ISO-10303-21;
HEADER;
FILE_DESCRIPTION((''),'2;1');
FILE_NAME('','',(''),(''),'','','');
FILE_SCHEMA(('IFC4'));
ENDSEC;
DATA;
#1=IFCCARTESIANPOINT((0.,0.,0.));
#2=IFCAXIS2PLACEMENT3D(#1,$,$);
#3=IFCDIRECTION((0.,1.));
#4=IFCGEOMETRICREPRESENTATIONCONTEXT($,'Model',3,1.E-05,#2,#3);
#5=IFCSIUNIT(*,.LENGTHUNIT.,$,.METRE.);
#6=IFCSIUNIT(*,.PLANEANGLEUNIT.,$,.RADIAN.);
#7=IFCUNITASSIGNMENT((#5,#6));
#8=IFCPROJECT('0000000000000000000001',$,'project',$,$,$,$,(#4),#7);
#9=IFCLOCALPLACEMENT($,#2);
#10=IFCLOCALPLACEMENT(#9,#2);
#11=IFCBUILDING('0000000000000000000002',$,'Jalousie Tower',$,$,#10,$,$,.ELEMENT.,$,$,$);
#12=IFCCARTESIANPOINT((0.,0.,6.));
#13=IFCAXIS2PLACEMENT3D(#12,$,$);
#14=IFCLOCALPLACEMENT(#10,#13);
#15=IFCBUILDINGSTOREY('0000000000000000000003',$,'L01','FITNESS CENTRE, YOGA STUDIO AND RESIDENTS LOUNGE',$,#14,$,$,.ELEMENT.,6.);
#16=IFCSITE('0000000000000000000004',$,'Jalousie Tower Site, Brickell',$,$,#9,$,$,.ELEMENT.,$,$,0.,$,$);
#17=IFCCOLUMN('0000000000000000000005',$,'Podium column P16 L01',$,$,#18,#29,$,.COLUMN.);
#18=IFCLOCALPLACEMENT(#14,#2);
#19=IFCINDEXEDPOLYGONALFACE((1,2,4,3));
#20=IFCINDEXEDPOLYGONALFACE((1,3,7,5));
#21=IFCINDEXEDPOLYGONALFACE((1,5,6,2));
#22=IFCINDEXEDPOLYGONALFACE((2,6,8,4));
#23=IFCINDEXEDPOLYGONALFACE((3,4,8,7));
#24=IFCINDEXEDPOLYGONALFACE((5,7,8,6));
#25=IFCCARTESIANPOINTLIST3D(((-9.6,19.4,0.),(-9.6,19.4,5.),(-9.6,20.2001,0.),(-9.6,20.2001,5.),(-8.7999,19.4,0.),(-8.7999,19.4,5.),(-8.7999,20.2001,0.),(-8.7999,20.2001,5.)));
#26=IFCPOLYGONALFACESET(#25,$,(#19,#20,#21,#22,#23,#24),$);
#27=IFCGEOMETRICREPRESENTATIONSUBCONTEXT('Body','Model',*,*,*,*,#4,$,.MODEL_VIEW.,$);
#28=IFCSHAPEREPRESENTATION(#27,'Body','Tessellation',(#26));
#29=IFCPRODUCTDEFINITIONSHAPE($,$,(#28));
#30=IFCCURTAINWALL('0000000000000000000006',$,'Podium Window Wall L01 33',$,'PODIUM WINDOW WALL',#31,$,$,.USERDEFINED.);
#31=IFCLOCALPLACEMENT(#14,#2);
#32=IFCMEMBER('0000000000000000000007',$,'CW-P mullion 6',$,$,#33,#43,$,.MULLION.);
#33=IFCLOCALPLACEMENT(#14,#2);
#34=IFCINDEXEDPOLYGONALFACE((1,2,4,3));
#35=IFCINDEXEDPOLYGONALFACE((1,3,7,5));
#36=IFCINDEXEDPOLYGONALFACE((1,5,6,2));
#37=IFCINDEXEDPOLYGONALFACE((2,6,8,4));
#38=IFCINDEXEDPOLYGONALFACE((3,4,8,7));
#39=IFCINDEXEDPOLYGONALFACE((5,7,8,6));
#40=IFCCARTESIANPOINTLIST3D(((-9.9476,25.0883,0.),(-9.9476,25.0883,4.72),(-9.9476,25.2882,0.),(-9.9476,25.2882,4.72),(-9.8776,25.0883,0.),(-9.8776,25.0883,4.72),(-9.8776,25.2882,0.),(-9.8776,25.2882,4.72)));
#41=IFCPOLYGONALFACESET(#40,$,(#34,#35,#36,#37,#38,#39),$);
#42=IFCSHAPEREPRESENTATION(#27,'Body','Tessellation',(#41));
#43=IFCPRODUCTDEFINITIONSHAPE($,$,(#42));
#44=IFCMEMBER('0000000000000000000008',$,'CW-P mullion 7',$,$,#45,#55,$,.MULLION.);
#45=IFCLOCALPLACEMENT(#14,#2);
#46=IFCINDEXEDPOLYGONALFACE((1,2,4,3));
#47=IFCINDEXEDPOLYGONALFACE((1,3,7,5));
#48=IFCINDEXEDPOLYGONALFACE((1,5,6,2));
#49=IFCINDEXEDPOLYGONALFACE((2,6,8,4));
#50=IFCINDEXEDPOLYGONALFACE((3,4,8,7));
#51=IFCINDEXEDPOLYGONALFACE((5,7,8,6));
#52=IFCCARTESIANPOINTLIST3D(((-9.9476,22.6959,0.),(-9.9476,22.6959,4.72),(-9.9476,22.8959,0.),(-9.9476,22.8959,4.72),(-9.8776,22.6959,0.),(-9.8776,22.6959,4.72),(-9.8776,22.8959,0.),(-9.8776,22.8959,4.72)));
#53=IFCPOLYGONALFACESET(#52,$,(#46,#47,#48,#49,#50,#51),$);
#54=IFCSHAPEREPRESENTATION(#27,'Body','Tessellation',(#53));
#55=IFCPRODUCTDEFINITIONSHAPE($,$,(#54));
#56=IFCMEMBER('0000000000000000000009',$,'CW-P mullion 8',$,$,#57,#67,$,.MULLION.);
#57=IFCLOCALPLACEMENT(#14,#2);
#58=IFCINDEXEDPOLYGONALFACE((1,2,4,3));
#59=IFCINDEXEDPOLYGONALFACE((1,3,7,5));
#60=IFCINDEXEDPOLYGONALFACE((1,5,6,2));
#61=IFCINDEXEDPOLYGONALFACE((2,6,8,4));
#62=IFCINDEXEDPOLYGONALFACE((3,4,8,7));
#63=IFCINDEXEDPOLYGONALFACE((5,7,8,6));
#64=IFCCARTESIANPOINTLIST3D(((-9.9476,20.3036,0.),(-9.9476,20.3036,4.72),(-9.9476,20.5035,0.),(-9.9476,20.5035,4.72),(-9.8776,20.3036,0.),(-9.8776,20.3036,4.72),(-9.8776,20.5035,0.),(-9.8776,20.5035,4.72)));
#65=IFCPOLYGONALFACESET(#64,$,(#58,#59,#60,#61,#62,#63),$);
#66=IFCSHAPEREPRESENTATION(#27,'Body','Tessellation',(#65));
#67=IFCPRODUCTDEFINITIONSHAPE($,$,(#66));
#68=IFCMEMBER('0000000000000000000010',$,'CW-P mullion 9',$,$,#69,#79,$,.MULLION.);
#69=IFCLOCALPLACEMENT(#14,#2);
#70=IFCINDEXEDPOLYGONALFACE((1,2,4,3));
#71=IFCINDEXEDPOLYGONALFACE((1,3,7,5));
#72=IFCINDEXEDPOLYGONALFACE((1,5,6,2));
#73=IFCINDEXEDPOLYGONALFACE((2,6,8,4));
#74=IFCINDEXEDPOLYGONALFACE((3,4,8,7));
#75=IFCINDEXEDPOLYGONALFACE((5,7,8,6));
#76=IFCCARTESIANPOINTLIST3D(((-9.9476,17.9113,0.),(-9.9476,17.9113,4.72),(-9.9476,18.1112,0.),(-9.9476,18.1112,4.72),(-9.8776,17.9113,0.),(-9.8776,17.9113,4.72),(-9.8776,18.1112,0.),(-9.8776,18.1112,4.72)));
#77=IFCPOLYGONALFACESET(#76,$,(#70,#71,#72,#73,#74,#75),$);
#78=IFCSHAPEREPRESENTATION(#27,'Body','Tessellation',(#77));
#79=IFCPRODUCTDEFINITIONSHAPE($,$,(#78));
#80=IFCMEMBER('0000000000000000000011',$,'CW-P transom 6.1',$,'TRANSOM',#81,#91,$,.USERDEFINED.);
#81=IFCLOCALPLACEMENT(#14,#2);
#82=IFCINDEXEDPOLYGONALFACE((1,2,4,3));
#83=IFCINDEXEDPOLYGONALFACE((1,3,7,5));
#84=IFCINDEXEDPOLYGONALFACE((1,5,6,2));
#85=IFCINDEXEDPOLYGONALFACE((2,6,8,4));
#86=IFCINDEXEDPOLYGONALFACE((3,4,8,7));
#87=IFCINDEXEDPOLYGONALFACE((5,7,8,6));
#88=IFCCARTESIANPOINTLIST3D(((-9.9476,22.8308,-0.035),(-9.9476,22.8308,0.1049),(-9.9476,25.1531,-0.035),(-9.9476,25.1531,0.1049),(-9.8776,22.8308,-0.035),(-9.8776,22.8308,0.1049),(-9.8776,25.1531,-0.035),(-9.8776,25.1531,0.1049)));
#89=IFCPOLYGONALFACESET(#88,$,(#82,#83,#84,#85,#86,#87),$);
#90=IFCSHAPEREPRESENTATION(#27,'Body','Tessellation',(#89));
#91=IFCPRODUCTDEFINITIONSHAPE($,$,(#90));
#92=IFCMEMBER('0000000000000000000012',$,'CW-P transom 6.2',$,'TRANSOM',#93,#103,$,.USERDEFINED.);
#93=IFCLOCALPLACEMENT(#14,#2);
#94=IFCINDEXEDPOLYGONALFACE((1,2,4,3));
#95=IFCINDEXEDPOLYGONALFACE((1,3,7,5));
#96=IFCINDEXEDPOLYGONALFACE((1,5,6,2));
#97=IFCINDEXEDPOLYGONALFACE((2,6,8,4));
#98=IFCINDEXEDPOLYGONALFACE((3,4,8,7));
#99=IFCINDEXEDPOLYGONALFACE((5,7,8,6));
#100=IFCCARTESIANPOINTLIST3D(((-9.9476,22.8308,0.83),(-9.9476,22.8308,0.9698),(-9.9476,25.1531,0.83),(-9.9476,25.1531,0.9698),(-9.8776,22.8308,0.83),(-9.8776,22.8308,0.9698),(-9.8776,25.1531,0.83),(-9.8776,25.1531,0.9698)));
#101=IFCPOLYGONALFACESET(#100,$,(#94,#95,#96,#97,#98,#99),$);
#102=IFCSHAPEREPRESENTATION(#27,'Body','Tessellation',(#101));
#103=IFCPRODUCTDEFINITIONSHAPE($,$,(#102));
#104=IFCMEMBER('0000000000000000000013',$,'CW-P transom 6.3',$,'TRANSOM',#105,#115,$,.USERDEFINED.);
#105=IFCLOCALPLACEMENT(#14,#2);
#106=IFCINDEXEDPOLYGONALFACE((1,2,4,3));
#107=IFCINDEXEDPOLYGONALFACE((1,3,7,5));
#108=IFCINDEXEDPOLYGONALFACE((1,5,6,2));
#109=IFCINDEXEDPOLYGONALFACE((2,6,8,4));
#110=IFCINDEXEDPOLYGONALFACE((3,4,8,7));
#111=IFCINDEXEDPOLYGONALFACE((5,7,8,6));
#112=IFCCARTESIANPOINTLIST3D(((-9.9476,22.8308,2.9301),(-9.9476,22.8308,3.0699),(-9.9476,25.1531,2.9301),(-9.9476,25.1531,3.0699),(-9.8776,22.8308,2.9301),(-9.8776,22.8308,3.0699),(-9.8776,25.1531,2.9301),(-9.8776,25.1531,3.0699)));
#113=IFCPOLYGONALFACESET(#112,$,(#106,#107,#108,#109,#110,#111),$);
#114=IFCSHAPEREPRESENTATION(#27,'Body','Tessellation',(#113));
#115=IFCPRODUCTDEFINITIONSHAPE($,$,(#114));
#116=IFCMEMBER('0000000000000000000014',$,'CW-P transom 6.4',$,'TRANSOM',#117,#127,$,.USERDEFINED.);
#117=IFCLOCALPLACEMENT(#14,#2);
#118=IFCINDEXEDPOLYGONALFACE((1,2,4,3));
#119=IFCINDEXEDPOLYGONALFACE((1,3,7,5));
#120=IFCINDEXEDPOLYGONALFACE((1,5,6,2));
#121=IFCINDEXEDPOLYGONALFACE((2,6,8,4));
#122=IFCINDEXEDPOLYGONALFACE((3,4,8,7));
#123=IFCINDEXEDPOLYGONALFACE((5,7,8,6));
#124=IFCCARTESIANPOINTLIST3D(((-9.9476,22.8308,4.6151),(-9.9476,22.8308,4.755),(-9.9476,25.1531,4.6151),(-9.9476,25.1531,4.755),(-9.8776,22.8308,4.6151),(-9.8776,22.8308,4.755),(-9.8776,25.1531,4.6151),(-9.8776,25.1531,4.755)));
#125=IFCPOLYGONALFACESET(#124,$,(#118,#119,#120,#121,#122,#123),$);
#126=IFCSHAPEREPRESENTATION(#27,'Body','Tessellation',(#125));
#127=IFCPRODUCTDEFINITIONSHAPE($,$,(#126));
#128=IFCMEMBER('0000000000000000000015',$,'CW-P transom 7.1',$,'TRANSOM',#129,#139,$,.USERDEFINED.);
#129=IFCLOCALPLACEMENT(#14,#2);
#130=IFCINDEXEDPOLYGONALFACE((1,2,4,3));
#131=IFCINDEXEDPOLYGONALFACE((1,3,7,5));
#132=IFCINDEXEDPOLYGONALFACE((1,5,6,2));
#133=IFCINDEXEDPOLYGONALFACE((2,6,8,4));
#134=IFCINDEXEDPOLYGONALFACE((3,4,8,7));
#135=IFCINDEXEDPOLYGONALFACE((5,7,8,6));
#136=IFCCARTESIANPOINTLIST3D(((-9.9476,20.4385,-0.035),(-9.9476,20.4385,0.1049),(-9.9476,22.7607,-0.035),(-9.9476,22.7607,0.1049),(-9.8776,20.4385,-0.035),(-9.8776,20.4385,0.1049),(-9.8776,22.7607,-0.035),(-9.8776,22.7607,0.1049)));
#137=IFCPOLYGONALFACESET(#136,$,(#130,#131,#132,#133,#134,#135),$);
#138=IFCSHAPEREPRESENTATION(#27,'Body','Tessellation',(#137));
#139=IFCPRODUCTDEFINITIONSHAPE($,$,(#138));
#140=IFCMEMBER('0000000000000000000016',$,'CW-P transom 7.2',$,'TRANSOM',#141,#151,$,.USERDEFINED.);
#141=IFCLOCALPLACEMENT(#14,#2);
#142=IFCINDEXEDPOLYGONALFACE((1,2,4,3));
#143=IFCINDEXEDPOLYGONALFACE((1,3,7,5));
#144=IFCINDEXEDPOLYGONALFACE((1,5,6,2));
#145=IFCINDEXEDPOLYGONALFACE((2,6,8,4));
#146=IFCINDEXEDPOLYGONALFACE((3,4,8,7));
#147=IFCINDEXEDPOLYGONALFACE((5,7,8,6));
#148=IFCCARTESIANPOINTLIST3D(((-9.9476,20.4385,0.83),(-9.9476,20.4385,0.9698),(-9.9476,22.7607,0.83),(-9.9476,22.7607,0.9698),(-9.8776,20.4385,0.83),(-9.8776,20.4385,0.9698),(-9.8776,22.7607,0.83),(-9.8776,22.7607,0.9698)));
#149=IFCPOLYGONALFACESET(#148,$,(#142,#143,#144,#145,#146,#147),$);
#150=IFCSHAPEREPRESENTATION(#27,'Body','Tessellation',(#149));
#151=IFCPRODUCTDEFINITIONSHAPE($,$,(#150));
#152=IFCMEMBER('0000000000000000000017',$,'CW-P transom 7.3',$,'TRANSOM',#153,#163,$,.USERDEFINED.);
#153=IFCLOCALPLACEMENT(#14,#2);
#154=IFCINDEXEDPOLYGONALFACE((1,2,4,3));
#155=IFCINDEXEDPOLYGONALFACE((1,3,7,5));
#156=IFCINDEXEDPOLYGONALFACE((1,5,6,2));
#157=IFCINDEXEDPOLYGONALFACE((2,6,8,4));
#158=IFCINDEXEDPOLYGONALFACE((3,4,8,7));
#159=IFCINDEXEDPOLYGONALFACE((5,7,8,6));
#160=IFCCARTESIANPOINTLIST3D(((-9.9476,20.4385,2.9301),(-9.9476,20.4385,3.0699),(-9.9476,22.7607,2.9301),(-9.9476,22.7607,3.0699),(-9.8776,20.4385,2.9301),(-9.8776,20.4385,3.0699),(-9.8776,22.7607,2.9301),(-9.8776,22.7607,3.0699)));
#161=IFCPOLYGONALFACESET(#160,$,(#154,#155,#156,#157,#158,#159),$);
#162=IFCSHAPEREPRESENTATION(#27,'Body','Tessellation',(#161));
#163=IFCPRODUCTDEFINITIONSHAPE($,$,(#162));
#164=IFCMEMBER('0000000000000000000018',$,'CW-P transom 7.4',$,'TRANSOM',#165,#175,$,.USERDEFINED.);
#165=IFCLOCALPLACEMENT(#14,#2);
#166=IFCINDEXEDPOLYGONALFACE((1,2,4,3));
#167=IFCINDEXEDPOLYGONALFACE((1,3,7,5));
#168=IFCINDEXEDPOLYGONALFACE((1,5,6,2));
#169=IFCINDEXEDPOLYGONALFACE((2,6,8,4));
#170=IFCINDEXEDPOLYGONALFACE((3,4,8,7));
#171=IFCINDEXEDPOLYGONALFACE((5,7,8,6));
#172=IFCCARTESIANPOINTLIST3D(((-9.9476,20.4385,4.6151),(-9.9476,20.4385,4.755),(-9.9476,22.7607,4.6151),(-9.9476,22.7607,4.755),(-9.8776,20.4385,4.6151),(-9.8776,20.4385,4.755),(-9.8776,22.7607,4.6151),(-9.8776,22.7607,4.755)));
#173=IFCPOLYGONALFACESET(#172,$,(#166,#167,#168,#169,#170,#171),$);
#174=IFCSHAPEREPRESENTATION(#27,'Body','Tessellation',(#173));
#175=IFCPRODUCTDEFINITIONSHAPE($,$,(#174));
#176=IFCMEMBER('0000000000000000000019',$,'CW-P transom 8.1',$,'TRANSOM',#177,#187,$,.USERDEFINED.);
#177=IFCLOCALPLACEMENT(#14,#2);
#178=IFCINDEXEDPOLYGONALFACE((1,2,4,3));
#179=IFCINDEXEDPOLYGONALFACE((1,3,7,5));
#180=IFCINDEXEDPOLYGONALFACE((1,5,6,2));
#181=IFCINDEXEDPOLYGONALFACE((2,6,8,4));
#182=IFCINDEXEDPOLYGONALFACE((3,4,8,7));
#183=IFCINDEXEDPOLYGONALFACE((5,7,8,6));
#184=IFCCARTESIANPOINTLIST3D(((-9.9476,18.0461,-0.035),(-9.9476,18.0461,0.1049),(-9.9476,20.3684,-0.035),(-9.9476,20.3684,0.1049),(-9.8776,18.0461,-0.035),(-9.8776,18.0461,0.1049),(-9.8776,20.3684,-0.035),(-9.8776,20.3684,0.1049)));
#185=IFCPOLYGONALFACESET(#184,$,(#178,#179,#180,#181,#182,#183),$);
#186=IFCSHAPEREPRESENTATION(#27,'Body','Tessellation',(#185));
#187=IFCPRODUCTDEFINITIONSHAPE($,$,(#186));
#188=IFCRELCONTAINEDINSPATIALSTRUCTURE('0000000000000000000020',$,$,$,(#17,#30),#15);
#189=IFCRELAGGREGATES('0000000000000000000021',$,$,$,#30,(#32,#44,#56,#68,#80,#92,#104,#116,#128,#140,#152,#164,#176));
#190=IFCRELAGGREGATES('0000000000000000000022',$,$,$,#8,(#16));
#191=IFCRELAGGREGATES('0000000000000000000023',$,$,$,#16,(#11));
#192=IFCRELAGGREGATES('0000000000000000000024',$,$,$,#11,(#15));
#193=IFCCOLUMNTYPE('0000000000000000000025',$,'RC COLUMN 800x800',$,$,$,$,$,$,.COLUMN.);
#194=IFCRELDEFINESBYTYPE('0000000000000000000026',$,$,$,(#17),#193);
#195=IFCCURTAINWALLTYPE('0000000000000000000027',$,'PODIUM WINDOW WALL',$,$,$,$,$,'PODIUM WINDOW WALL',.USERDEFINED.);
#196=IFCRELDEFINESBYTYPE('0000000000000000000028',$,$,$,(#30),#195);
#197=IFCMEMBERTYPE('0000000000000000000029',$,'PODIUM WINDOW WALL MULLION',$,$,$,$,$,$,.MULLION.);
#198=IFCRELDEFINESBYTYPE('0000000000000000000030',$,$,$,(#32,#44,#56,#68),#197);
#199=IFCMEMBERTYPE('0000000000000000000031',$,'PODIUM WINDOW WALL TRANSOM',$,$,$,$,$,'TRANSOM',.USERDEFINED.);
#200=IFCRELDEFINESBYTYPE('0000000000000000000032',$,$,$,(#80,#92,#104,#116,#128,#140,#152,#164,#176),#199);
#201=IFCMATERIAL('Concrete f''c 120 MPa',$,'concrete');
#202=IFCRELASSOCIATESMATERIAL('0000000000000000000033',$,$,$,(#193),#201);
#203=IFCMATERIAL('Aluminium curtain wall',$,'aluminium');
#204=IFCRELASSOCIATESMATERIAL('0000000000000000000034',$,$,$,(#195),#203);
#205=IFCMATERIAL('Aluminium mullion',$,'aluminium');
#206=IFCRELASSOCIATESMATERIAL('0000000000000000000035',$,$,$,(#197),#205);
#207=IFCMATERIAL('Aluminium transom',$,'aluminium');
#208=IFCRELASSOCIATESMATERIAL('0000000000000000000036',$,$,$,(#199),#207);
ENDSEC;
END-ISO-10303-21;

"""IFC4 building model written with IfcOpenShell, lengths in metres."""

from ifc_helpers import new_model, si_unit, direction, frame, origin, origin_2d, place, context, subcontext, project, spatial, rectangle, extrude, material, material_profile, profile_set, type_object, element, aggregate, save


model = new_model("IFC4")

# Units and contexts
model_context = context("Model", 3, precision=1e-05, world=origin(), true_north=direction((0.0, 1.0)))
body_context = subcontext(model_context, "Body", "Model", "MODEL_VIEW")
ifc_project = project(units=[si_unit("LENGTHUNIT", "METRE"), si_unit("PLANEANGLEUNIT", "RADIAN")], contexts=[model_context])

# Site, building, storey
site_placement = place(None, origin())
site = spatial("IfcSite", under=ifc_project, at=site_placement, Name="Jalousie Tower Site, Brickell", CompositionType="ELEMENT", RefElevation=0.0)
building_placement = place(site_placement, origin())
building = spatial("IfcBuilding", under=site, at=building_placement, Name="Jalousie Tower", CompositionType="ELEMENT")
storey_placement = place(building_placement, frame((0.0, 0.0, 6.0)))
storey = spatial("IfcBuildingStorey", under=building, at=storey_placement, Name="L01", Description="FITNESS CENTRE, YOGA STUDIO AND RESIDENTS LOUNGE", CompositionType="ELEMENT", Elevation=6.0)

# Column
ifc_material_1 = material(Name="Concrete f'c 120 MPa", Category="concrete")
ifc_material_profile_1 = material_profile(ifc_material_1, rectangle(XDim=0.8, YDim=0.8, at=origin_2d()), Name="RC 800x800")
ifc_profile_set_1 = profile_set([ifc_material_profile_1], Name="Concrete f'c 120 MPa")
column_type = type_object("IfcColumnType", Name="RC COLUMN 800x800", PredefinedType="COLUMN", material=ifc_profile_set_1)
column_placement = place(storey_placement, frame((-9.2, 19.8, 0.0), z_axis=(0.0, 0.0, 1.0), x_axis=(1.0, 0.0, 0.0)))
element("IfcColumn", 1, at=column_placement, inside=storey, type_object=column_type, Name="Podium column P16 L01", PredefinedType="COLUMN", context=body_context, shape_type="SweptSolid", body=[
    extrude(rectangle(XDim=0.8, YDim=0.8, at=origin_2d()), origin(), (0.0, 0.0, 1.0), 5.0),
])

# Curtain wall, members
ifc_material_2 = material(Name="Aluminium curtain wall", Category="aluminium")
curtain_wall_type = type_object("IfcCurtainWallType", Name="PODIUM WINDOW WALL", ElementType="PODIUM WINDOW WALL", PredefinedType="USERDEFINED", material=ifc_material_2)
curtain_wall_placement = place(storey_placement, origin())
curtain_wall = element("IfcCurtainWall", 2, at=curtain_wall_placement, inside=storey, type_object=curtain_wall_type, Name="Podium Window Wall L01 33", ObjectType="PODIUM WINDOW WALL", PredefinedType="USERDEFINED")
ifc_material_3 = material(Name="Aluminium mullion", Category="aluminium")
ifc_material_profile_2 = material_profile(ifc_material_3, rectangle(XDim=0.0701, YDim=0.2, at=origin_2d()), Name="MULLION 70x200")
ifc_profile_set_2 = profile_set([ifc_material_profile_2], Name="Aluminium mullion")
member_type_1 = type_object("IfcMemberType", Name="PODIUM WINDOW WALL MULLION", PredefinedType="MULLION", material=ifc_profile_set_2)
member_1_placement = place(storey_placement, frame((-9.9126, 25.1882, 0.0), z_axis=(0.0, 0.0, 1.0), x_axis=(1.0, 0.0, 0.0)))
member_1 = element("IfcMember", 3, at=member_1_placement, type_object=member_type_1, Name="CW-P mullion 6", PredefinedType="MULLION", context=body_context, shape_type="SweptSolid", body=[
    extrude(rectangle(XDim=0.0701, YDim=0.2, at=origin_2d()), origin(), (0.0, 0.0, 1.0), 4.72),
])
member_2_placement = place(storey_placement, frame((-9.9126, 22.7959, 0.0), z_axis=(0.0, 0.0, 1.0), x_axis=(1.0, 0.0, 0.0)))
member_2 = element("IfcMember", 4, at=member_2_placement, type_object=member_type_1, Name="CW-P mullion 7", PredefinedType="MULLION", context=body_context, shape_type="SweptSolid", body=[
    extrude(rectangle(XDim=0.0701, YDim=0.2, at=origin_2d()), origin(), (0.0, 0.0, 1.0), 4.72),
])
member_3_placement = place(storey_placement, frame((-9.9126, 20.4036, 0.0), z_axis=(0.0, 0.0, 1.0), x_axis=(1.0, 0.0, 0.0)))
member_3 = element("IfcMember", 5, at=member_3_placement, type_object=member_type_1, Name="CW-P mullion 8", PredefinedType="MULLION", context=body_context, shape_type="SweptSolid", body=[
    extrude(rectangle(XDim=0.0701, YDim=0.2, at=origin_2d()), origin(), (0.0, 0.0, 1.0), 4.72),
])
member_4_placement = place(storey_placement, frame((-9.9126, 18.0112, 0.0), z_axis=(0.0, 0.0, 1.0), x_axis=(1.0, 0.0, 0.0)))
member_4 = element("IfcMember", 6, at=member_4_placement, type_object=member_type_1, Name="CW-P mullion 9", PredefinedType="MULLION", context=body_context, shape_type="SweptSolid", body=[
    extrude(rectangle(XDim=0.0701, YDim=0.2, at=origin_2d()), origin(), (0.0, 0.0, 1.0), 4.72),
])
ifc_material_4 = material(Name="Aluminium transom", Category="aluminium")
ifc_material_profile_3 = material_profile(ifc_material_4, rectangle(XDim=0.0701, YDim=0.1399, at=origin_2d()), Name="TRANSOM 70x140")
ifc_profile_set_3 = profile_set([ifc_material_profile_3], Name="Aluminium transom")
member_type_2 = type_object("IfcMemberType", Name="PODIUM WINDOW WALL TRANSOM", ElementType="TRANSOM", PredefinedType="USERDEFINED", material=ifc_profile_set_3)
member_5_placement = place(storey_placement, frame((-9.9126, 25.1531, 0.0349), z_axis=(0.0, -1.0, 0.0), x_axis=(1.0, 0.0, 0.0)))
member_5 = element("IfcMember", 7, at=member_5_placement, type_object=member_type_2, Name="CW-P transom 6.1", ObjectType="TRANSOM", PredefinedType="USERDEFINED", context=body_context, shape_type="SweptSolid", body=[
    extrude(rectangle(XDim=0.0701, YDim=0.1399, at=origin_2d()), origin(), (0.0, 0.0, 1.0), 2.3223),
])
member_6_placement = place(storey_placement, frame((-9.9126, 25.1531, 0.8999), z_axis=(0.0, -1.0, 0.0), x_axis=(1.0, 0.0, 0.0)))
member_6 = element("IfcMember", 8, at=member_6_placement, type_object=member_type_2, Name="CW-P transom 6.2", ObjectType="TRANSOM", PredefinedType="USERDEFINED", context=body_context, shape_type="SweptSolid", body=[
    extrude(rectangle(XDim=0.0701, YDim=0.1399, at=origin_2d()), origin(), (0.0, 0.0, 1.0), 2.3223),
])
member_7_placement = place(storey_placement, frame((-9.9126, 25.1531, 3.0), z_axis=(0.0, -1.0, 0.0), x_axis=(1.0, 0.0, 0.0)))
member_7 = element("IfcMember", 9, at=member_7_placement, type_object=member_type_2, Name="CW-P transom 6.3", ObjectType="TRANSOM", PredefinedType="USERDEFINED", context=body_context, shape_type="SweptSolid", body=[
    extrude(rectangle(XDim=0.0701, YDim=0.1399, at=origin_2d()), origin(), (0.0, 0.0, 1.0), 2.3223),
])
member_8_placement = place(storey_placement, frame((-9.9126, 25.1531, 4.6851), z_axis=(0.0, -1.0, 0.0), x_axis=(1.0, 0.0, 0.0)))
member_8 = element("IfcMember", 10, at=member_8_placement, type_object=member_type_2, Name="CW-P transom 6.4", ObjectType="TRANSOM", PredefinedType="USERDEFINED", context=body_context, shape_type="SweptSolid", body=[
    extrude(rectangle(XDim=0.0701, YDim=0.1399, at=origin_2d()), origin(), (0.0, 0.0, 1.0), 2.3223),
])
member_9_placement = place(storey_placement, frame((-9.9126, 22.7607, 0.0349), z_axis=(0.0, -1.0, 0.0), x_axis=(1.0, 0.0, 0.0)))
member_9 = element("IfcMember", 11, at=member_9_placement, type_object=member_type_2, Name="CW-P transom 7.1", ObjectType="TRANSOM", PredefinedType="USERDEFINED", context=body_context, shape_type="SweptSolid", body=[
    extrude(rectangle(XDim=0.0701, YDim=0.1399, at=origin_2d()), origin(), (0.0, 0.0, 1.0), 2.3223),
])
member_10_placement = place(storey_placement, frame((-9.9126, 22.7607, 0.8999), z_axis=(0.0, -1.0, 0.0), x_axis=(1.0, 0.0, 0.0)))
member_10 = element("IfcMember", 12, at=member_10_placement, type_object=member_type_2, Name="CW-P transom 7.2", ObjectType="TRANSOM", PredefinedType="USERDEFINED", context=body_context, shape_type="SweptSolid", body=[
    extrude(rectangle(XDim=0.0701, YDim=0.1399, at=origin_2d()), origin(), (0.0, 0.0, 1.0), 2.3223),
])
member_11_placement = place(storey_placement, frame((-9.9126, 22.7607, 3.0), z_axis=(0.0, -1.0, 0.0), x_axis=(1.0, 0.0, 0.0)))
member_11 = element("IfcMember", 13, at=member_11_placement, type_object=member_type_2, Name="CW-P transom 7.3", ObjectType="TRANSOM", PredefinedType="USERDEFINED", context=body_context, shape_type="SweptSolid", body=[
    extrude(rectangle(XDim=0.0701, YDim=0.1399, at=origin_2d()), origin(), (0.0, 0.0, 1.0), 2.3223),
])
member_12_placement = place(storey_placement, frame((-9.9126, 22.7607, 4.6851), z_axis=(0.0, -1.0, 0.0), x_axis=(1.0, 0.0, 0.0)))
member_12 = element("IfcMember", 14, at=member_12_placement, type_object=member_type_2, Name="CW-P transom 7.4", ObjectType="TRANSOM", PredefinedType="USERDEFINED", context=body_context, shape_type="SweptSolid", body=[
    extrude(rectangle(XDim=0.0701, YDim=0.1399, at=origin_2d()), origin(), (0.0, 0.0, 1.0), 2.3223),
])
member_13_placement = place(storey_placement, frame((-9.9126, 20.3684, 0.0349), z_axis=(0.0, -1.0, 0.0), x_axis=(1.0, 0.0, 0.0)))
member_13 = element("IfcMember", 15, at=member_13_placement, type_object=member_type_2, Name="CW-P transom 8.1", ObjectType="TRANSOM", PredefinedType="USERDEFINED", context=body_context, shape_type="SweptSolid", body=[
    extrude(rectangle(XDim=0.0701, YDim=0.1399, at=origin_2d()), origin(), (0.0, 0.0, 1.0), 2.3223),
])

aggregate(curtain_wall, [member_1, member_2, member_3, member_4, member_5, member_6, member_7, member_8, member_9, member_10, member_11, member_12, member_13])

save(model, "model.ifc")
